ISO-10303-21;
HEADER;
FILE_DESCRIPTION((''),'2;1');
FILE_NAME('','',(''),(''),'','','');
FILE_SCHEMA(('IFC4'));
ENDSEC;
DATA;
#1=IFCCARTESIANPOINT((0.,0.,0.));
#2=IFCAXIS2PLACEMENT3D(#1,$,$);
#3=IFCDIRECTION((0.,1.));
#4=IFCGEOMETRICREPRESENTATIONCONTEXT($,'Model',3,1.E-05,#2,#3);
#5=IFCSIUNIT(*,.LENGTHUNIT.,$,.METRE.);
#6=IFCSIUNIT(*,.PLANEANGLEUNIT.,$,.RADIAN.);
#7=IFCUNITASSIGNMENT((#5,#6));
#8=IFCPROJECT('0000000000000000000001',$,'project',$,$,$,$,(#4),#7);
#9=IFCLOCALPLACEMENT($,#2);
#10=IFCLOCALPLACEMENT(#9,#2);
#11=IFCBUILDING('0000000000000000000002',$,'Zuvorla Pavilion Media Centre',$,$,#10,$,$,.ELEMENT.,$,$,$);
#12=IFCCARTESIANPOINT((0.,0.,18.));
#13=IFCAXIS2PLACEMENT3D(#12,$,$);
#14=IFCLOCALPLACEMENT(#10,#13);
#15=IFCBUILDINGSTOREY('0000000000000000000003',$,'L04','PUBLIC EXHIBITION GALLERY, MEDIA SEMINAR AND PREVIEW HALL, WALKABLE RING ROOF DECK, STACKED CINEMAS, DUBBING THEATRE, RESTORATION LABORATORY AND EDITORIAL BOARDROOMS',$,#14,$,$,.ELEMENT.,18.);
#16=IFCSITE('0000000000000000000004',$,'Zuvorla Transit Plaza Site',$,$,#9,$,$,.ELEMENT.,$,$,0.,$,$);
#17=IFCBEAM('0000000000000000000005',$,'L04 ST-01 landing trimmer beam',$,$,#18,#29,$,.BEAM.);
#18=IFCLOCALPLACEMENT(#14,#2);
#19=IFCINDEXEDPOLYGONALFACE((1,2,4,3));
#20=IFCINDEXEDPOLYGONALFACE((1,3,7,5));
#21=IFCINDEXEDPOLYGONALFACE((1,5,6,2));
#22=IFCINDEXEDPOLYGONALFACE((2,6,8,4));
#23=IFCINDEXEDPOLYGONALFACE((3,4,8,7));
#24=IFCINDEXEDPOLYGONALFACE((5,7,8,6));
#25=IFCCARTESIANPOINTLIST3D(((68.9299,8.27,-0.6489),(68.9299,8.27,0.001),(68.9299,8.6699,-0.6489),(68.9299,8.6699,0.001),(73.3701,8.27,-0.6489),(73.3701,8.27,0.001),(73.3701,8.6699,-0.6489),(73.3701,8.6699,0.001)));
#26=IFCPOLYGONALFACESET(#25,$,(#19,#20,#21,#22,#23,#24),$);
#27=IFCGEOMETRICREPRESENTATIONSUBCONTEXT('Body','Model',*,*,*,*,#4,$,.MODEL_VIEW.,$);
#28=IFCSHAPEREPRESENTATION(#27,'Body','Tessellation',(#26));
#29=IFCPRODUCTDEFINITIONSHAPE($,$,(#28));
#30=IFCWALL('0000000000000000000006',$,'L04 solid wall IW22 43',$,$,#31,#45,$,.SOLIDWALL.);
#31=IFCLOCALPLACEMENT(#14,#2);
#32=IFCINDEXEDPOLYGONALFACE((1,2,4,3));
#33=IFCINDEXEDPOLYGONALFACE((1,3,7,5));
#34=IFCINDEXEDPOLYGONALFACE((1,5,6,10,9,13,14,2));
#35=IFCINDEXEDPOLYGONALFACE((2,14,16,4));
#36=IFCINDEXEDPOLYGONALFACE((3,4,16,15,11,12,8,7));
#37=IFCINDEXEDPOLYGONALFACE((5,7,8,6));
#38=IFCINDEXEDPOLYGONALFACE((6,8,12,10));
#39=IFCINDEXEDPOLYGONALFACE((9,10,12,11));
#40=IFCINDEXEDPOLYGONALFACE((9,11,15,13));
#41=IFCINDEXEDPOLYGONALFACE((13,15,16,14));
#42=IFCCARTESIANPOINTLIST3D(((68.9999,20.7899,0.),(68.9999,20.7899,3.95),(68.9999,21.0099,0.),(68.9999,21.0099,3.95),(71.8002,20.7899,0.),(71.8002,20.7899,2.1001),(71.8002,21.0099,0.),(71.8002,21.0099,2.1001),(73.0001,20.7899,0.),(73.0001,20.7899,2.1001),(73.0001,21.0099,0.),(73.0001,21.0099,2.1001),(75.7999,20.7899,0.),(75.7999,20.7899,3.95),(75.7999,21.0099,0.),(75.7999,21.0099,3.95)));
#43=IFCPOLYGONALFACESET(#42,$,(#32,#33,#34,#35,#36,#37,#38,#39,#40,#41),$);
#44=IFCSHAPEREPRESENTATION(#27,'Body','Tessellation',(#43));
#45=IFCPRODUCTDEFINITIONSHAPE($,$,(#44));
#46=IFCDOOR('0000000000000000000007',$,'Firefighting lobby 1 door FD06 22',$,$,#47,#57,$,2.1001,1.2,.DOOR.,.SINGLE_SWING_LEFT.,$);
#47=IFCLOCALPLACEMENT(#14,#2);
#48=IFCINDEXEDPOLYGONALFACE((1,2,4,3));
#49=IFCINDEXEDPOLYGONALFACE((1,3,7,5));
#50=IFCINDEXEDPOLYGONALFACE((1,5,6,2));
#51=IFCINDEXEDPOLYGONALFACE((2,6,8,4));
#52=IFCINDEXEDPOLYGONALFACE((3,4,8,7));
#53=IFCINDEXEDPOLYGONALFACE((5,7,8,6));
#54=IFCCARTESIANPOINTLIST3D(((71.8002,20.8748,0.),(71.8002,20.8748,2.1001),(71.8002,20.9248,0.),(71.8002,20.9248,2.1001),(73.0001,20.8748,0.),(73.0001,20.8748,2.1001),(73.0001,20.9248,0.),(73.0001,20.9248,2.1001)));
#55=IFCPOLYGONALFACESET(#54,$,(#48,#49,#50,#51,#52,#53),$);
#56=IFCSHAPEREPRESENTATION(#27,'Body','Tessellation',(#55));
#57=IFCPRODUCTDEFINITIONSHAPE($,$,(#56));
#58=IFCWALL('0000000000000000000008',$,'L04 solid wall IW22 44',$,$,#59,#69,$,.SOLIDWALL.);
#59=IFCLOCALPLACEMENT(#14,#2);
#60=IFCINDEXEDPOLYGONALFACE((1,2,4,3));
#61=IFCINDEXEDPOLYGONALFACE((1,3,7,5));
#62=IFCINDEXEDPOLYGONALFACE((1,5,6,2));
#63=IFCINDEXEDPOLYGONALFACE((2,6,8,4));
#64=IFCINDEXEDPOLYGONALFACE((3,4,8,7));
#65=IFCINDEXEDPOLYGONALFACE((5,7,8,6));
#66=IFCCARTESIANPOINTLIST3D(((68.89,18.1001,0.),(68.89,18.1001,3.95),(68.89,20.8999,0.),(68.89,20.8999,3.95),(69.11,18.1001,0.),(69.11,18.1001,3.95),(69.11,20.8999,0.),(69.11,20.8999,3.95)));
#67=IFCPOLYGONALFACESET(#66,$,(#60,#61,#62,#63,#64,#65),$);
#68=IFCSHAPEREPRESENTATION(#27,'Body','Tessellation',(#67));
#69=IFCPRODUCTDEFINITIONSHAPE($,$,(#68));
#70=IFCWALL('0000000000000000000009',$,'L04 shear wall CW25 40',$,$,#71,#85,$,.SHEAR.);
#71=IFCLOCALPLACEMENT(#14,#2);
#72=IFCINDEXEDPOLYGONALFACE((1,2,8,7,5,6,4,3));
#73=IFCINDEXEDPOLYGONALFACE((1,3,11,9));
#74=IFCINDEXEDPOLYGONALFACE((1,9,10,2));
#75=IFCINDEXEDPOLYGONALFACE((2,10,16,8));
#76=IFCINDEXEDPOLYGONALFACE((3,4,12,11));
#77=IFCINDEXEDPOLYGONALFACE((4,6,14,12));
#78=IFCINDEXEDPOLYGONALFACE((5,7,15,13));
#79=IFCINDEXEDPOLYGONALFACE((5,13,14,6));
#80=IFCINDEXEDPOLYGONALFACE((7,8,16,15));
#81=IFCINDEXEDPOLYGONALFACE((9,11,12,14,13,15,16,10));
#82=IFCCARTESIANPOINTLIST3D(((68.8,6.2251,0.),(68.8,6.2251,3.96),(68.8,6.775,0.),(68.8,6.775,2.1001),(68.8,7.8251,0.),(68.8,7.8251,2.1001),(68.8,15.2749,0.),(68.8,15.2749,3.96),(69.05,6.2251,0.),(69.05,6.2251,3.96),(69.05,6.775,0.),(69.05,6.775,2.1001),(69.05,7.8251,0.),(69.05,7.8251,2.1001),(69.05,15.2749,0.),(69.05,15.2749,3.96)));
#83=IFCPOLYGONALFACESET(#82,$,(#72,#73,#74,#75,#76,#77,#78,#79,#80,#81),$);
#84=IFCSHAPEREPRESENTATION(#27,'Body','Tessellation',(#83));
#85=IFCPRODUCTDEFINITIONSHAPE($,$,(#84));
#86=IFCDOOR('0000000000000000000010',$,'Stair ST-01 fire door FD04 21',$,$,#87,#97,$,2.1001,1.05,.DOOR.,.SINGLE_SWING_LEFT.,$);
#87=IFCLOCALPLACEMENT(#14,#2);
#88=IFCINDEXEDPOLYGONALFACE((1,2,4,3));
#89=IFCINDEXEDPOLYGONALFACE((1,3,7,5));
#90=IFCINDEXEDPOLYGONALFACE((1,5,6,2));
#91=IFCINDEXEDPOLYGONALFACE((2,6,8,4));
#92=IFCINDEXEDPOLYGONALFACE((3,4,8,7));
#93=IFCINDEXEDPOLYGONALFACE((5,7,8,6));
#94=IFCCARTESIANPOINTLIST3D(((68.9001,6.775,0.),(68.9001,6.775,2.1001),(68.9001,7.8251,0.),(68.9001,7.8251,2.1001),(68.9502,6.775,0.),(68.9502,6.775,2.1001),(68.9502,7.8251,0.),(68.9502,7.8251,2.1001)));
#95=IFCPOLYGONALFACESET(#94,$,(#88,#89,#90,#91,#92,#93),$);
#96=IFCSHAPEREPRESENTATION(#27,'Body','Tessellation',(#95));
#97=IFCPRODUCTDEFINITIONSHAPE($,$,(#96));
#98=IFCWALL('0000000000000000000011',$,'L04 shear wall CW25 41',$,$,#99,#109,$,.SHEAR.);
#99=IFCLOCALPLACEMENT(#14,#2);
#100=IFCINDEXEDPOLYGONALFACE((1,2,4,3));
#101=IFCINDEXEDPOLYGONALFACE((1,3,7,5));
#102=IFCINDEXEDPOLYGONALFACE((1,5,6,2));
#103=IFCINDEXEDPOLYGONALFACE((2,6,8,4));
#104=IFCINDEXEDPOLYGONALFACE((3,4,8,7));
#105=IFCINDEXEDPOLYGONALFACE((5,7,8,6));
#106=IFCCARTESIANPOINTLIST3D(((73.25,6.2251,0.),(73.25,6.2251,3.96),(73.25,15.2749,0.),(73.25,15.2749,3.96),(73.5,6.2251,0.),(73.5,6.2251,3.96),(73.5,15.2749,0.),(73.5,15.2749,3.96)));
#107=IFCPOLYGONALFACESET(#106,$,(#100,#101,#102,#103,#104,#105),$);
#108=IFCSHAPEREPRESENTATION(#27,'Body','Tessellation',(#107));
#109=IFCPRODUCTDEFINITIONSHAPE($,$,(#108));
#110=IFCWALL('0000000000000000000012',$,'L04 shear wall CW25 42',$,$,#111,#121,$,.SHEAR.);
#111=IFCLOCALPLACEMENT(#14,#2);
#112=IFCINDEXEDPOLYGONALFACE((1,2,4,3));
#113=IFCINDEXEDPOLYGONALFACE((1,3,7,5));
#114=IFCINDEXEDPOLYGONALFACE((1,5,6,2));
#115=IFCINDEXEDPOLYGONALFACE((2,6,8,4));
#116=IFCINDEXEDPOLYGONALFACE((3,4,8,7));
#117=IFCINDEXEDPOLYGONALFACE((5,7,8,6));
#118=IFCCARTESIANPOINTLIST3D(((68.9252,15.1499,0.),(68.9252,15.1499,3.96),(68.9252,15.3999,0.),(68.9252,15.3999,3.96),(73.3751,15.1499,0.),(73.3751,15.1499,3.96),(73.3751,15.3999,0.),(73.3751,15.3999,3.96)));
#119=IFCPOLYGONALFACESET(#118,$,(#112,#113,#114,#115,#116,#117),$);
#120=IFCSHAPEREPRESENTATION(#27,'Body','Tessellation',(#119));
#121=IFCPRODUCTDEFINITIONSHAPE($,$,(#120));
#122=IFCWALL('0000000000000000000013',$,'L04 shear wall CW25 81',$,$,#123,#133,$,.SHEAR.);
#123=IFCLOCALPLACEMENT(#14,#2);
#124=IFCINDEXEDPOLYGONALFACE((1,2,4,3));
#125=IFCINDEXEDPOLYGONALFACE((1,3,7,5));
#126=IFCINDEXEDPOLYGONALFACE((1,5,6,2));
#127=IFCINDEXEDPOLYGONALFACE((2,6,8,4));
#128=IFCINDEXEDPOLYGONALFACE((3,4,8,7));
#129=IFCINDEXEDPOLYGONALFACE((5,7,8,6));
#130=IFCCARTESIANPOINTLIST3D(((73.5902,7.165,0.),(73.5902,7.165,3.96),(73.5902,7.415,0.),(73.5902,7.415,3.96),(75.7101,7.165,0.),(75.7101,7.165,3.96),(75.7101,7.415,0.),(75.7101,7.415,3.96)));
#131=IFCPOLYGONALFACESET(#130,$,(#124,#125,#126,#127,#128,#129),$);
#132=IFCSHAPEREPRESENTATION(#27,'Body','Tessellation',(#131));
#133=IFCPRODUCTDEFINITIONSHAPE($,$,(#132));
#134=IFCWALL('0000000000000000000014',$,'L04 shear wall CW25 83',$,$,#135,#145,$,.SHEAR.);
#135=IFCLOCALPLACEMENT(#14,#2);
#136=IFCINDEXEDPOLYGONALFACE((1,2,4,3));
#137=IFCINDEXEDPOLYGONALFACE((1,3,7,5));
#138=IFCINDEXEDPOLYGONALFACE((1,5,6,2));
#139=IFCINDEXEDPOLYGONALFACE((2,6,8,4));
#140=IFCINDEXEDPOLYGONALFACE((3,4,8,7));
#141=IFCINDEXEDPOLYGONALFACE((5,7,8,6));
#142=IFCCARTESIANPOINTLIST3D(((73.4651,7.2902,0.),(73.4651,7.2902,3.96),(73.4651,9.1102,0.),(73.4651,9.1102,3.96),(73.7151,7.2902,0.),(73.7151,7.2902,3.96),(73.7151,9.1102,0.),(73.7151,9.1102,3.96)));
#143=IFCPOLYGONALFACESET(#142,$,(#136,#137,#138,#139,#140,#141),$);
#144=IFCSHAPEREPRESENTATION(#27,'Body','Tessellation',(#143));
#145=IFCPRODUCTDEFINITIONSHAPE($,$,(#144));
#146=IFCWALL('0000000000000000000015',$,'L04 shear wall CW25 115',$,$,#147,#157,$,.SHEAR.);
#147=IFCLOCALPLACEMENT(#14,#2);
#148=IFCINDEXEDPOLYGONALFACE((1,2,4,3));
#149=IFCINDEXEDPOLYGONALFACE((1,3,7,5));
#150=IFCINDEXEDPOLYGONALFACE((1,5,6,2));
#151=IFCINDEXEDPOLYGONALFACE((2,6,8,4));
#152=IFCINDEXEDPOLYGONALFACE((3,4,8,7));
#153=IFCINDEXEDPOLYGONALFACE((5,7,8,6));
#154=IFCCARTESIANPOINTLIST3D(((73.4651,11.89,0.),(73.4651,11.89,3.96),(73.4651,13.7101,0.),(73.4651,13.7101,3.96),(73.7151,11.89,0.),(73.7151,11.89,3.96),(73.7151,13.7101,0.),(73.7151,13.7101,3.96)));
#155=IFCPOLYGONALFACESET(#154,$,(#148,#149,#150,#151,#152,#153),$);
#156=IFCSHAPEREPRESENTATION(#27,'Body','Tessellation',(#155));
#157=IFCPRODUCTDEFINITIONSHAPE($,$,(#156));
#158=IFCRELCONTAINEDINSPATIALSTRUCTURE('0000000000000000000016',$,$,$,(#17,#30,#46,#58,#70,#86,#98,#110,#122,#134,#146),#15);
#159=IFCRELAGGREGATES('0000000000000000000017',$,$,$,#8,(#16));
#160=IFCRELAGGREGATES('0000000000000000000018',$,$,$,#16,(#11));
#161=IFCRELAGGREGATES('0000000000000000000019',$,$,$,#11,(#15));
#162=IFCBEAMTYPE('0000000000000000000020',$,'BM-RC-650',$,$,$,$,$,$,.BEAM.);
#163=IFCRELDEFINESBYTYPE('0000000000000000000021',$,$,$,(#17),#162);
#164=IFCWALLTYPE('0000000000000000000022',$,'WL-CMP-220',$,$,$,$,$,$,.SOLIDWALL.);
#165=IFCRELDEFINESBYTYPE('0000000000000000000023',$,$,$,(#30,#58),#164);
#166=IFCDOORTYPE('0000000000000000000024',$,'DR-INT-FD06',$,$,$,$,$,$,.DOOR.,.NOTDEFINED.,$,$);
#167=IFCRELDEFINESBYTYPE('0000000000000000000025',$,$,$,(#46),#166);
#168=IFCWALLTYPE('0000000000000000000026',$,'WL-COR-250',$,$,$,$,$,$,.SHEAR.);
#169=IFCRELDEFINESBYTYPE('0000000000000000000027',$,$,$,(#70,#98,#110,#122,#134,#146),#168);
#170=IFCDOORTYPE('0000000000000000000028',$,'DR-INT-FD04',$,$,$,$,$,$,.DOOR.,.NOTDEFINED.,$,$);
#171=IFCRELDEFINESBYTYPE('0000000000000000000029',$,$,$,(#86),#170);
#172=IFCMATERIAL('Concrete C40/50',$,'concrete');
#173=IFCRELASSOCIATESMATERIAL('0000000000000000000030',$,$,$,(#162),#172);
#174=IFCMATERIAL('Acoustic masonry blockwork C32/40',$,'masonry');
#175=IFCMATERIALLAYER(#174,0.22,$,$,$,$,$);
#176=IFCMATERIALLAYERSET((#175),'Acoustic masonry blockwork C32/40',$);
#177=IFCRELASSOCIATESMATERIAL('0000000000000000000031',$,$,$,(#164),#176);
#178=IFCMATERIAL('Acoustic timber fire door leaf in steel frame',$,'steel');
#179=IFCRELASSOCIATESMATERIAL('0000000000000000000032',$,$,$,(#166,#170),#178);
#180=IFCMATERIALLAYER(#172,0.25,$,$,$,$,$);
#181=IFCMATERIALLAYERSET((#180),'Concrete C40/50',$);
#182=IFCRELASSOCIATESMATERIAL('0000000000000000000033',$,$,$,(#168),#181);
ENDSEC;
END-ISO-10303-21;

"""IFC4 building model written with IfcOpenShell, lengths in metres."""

from ifc_helpers import new_model, si_unit, direction, frame, frame_2d, origin, origin_2d, place, context, subcontext, project, spatial, rectangle, extrude, material, layer, layer_set, material_profile, profile_set, type_object, element, fill, save


model = new_model("IFC4")

# Units and contexts
model_context = context("Model", 3, precision=1e-05, world=origin(), true_north=direction((0.0, 1.0)))
body_context = subcontext(model_context, "Body", "Model", "MODEL_VIEW")
ifc_project = project(units=[si_unit("LENGTHUNIT", "METRE"), si_unit("PLANEANGLEUNIT", "RADIAN")], contexts=[model_context])

# Site, building, storey
site_placement = place(None, origin())
site = spatial("IfcSite", under=ifc_project, at=site_placement, Name="Zuvorla Transit Plaza Site", CompositionType="ELEMENT", RefElevation=0.0)
building_placement = place(site_placement, origin())
building = spatial("IfcBuilding", under=site, at=building_placement, Name="Zuvorla Pavilion Media Centre", CompositionType="ELEMENT")
storey_placement = place(building_placement, frame((0.0, 0.0, 18.0)))
storey = spatial("IfcBuildingStorey", under=building, at=storey_placement, Name="L04", Description="PUBLIC EXHIBITION GALLERY, MEDIA SEMINAR AND PREVIEW HALL, WALKABLE RING ROOF DECK, STACKED CINEMAS, DUBBING THEATRE, RESTORATION LABORATORY AND EDITORIAL BOARDROOMS", CompositionType="ELEMENT", Elevation=18.0)

# Beam
ifc_material_1 = material(Name="Concrete C40/50", Category="concrete")
ifc_material_profile = material_profile(ifc_material_1, rectangle(XDim=0.3999, YDim=0.6499, at=origin_2d()), Name="RC 400x650")
ifc_profile_set = profile_set([ifc_material_profile], Name="Concrete C40/50")
beam_type = type_object("IfcBeamType", Name="BM-RC-650", PredefinedType="BEAM", material=ifc_profile_set)
beam_placement = place(storey_placement, frame((68.9299, 8.47, -0.324), z_axis=(1.0, 0.0, 0.0), x_axis=(0.0, 1.0, 0.0)))
element("IfcBeam", 1, at=beam_placement, inside=storey, type_object=beam_type, Name="L04 ST-01 landing trimmer beam", PredefinedType="BEAM", context=body_context, shape_type="SweptSolid", body=[
    extrude(rectangle(XDim=0.3999, YDim=0.6499, at=origin_2d()), origin(), (0.0, 0.0, 1.0), 4.4402),
])

# Wall, opening, door
ifc_material_2 = material(Name="Acoustic masonry blockwork C32/40", Category="masonry")
ifc_layer_1 = layer(ifc_material_2, 0.22)
ifc_layer_set_1 = layer_set([ifc_layer_1], Name="Acoustic masonry blockwork C32/40")
wall_type_1 = type_object("IfcWallType", Name="WL-CMP-220", PredefinedType="SOLIDWALL", material=ifc_layer_set_1)
wall_1_placement = place(storey_placement, frame((69.0, 20.8999, 0.0), z_axis=(0.0, 0.0, 1.0), x_axis=(1.0, 0.0, 0.0)))
wall_1 = element("IfcWall", 2, at=wall_1_placement, inside=storey, type_object=wall_type_1, Name="L04 solid wall IW22 43", PredefinedType="SOLIDWALL", context=body_context, shape_type="SweptSolid", body=[
    extrude(rectangle(XDim=6.8, YDim=0.22, at=frame_2d((3.3999, 0.0))), origin(), (0.0, 0.0, 1.0), 3.95),
])
opening_1_placement = place(wall_1_placement, frame((2.8, 0.0, 0.0)))
opening_1 = element("IfcOpeningElement", 3, at=opening_1_placement, cuts=wall_1, PredefinedType="OPENING", context=body_context, shape_type="SweptSolid", body=[
    extrude(rectangle(XDim=1.2, YDim=2.1001, at=frame_2d((0.6001, 1.05))), frame((0.0, 0.1199, 0.0), z_axis=(0.0, -1.0, 0.0), x_axis=(1.0, 0.0, 0.0)), (0.0, 0.0, 1.0), 0.24),
])
ifc_material_3 = material(Name="Acoustic timber fire door leaf in steel frame", Category="steel")
door_type_1 = type_object("IfcDoorType", Name="DR-INT-FD06", OperationType="NOTDEFINED", PredefinedType="DOOR", material=ifc_material_3)
door_1_placement = place(opening_1_placement, origin())
door_1 = element("IfcDoor", 4, at=door_1_placement, inside=storey, type_object=door_type_1, Name="Firefighting lobby 1 door FD06 22", OperationType="SINGLE_SWING_LEFT", OverallHeight=2.1001, OverallWidth=1.2, PredefinedType="DOOR", context=body_context, shape_type="SweptSolid", body=[
    extrude(rectangle(XDim=1.2, YDim=2.1001, at=frame_2d((0.6001, 1.05))), frame((0.0, 0.0249, 0.0), z_axis=(0.0, -1.0, 0.0), x_axis=(1.0, 0.0, 0.0)), (0.0, 0.0, 1.0), 0.05),
])
fill(opening_1, door_1)

# Wall
wall_2_placement = place(storey_placement, frame((69.0, 18.1001, 0.0), z_axis=(0.0, 0.0, 1.0), x_axis=(0.0, 1.0, 0.0)))
element("IfcWall", 5, at=wall_2_placement, inside=storey, type_object=wall_type_1, Name="L04 solid wall IW22 44", PredefinedType="SOLIDWALL", context=body_context, shape_type="SweptSolid", body=[
    extrude(rectangle(XDim=2.7998, YDim=0.22, at=frame_2d((1.3999, 0.0))), origin(), (0.0, 0.0, 1.0), 3.95),
])

# Wall, opening, door
ifc_layer_2 = layer(ifc_material_1, 0.25)
ifc_layer_set_2 = layer_set([ifc_layer_2], Name="Concrete C40/50")
wall_type_2 = type_object("IfcWallType", Name="WL-COR-250", PredefinedType="SHEAR", material=ifc_layer_set_2)
wall_3_placement = place(storey_placement, frame((68.925, 6.2251, 0.0), z_axis=(0.0, 0.0, 1.0), x_axis=(0.0, 1.0, 0.0)))
wall_3 = element("IfcWall", 6, at=wall_3_placement, inside=storey, type_object=wall_type_2, Name="L04 shear wall CW25 40", PredefinedType="SHEAR", context=body_context, shape_type="SweptSolid", body=[
    extrude(rectangle(XDim=9.0498, YDim=0.25, at=frame_2d((4.5249, 0.0))), origin(), (0.0, 0.0, 1.0), 3.96),
])
opening_2_placement = place(wall_3_placement, frame((0.55, 0.0, 0.0)))
opening_2 = element("IfcOpeningElement", 7, at=opening_2_placement, cuts=wall_3, PredefinedType="OPENING", context=body_context, shape_type="SweptSolid", body=[
    extrude(rectangle(XDim=1.05, YDim=2.1001, at=frame_2d((0.5249, 1.05))), frame((0.0, 0.135, 0.0), z_axis=(0.0, -1.0, 0.0), x_axis=(1.0, 0.0, 0.0)), (0.0, 0.0, 1.0), 0.27),
])
door_type_2 = type_object("IfcDoorType", Name="DR-INT-FD04", OperationType="NOTDEFINED", PredefinedType="DOOR", material=ifc_material_3)
door_2_placement = place(opening_2_placement, origin())
door_2 = element("IfcDoor", 8, at=door_2_placement, inside=storey, type_object=door_type_2, Name="Stair ST-01 fire door FD04 21", OperationType="SINGLE_SWING_LEFT", OverallHeight=2.1001, OverallWidth=1.05, PredefinedType="DOOR", context=body_context, shape_type="SweptSolid", body=[
    extrude(rectangle(XDim=1.05, YDim=2.1001, at=frame_2d((0.5249, 1.05))), frame((0.0, 0.0249, 0.0), z_axis=(0.0, -1.0, 0.0), x_axis=(1.0, 0.0, 0.0)), (0.0, 0.0, 1.0), 0.05),
])
fill(opening_2, door_2)

# Walls
wall_4_placement = place(storey_placement, frame((73.375, 6.2251, 0.0), z_axis=(0.0, 0.0, 1.0), x_axis=(0.0, 1.0, 0.0)))
element("IfcWall", 9, at=wall_4_placement, inside=storey, type_object=wall_type_2, Name="L04 shear wall CW25 41", PredefinedType="SHEAR", context=body_context, shape_type="SweptSolid", body=[
    extrude(rectangle(XDim=9.0498, YDim=0.25, at=frame_2d((4.5249, 0.0))), origin(), (0.0, 0.0, 1.0), 3.96),
])
wall_5_placement = place(storey_placement, frame((68.925, 15.2749, 0.0), z_axis=(0.0, 0.0, 1.0), x_axis=(1.0, 0.0, 0.0)))
element("IfcWall", 10, at=wall_5_placement, inside=storey, type_object=wall_type_2, Name="L04 shear wall CW25 42", PredefinedType="SHEAR", context=body_context, shape_type="SweptSolid", body=[
    extrude(rectangle(XDim=4.45, YDim=0.25, at=frame_2d((2.2251, 0.0))), origin(), (0.0, 0.0, 1.0), 3.96),
])
wall_6_placement = place(storey_placement, frame((73.5901, 7.29, 0.0), z_axis=(0.0, 0.0, 1.0), x_axis=(1.0, 0.0, 0.0)))
element("IfcWall", 11, at=wall_6_placement, inside=storey, type_object=wall_type_2, Name="L04 shear wall CW25 81", PredefinedType="SHEAR", context=body_context, shape_type="SweptSolid", body=[
    extrude(rectangle(XDim=2.1199, YDim=0.25, at=frame_2d((1.0601, 0.0))), origin(), (0.0, 0.0, 1.0), 3.96),
])

# Wall
wall_7_placement = place(storey_placement, frame((73.5901, 7.29, 0.0), z_axis=(0.0, 0.0, 1.0), x_axis=(0.0, 1.0, 0.0)))
element("IfcWall", 12, at=wall_7_placement, inside=storey, type_object=wall_type_2, Name="L04 shear wall CW25 83", PredefinedType="SHEAR", context=body_context, shape_type="SweptSolid", body=[
    extrude(rectangle(XDim=1.8201, YDim=0.25, at=frame_2d((0.9102, 0.0))), origin(), (0.0, 0.0, 1.0), 3.96),
])

# Wall
wall_8_placement = place(storey_placement, frame((73.5901, 11.8899, 0.0), z_axis=(0.0, 0.0, 1.0), x_axis=(0.0, 1.0, 0.0)))
element("IfcWall", 13, at=wall_8_placement, inside=storey, type_object=wall_type_2, Name="L04 shear wall CW25 115", PredefinedType="SHEAR", context=body_context, shape_type="SweptSolid", body=[
    extrude(rectangle(XDim=1.8201, YDim=0.25, at=frame_2d((0.9102, 0.0))), origin(), (0.0, 0.0, 1.0), 3.96),
])

save(model, "model.ifc")
